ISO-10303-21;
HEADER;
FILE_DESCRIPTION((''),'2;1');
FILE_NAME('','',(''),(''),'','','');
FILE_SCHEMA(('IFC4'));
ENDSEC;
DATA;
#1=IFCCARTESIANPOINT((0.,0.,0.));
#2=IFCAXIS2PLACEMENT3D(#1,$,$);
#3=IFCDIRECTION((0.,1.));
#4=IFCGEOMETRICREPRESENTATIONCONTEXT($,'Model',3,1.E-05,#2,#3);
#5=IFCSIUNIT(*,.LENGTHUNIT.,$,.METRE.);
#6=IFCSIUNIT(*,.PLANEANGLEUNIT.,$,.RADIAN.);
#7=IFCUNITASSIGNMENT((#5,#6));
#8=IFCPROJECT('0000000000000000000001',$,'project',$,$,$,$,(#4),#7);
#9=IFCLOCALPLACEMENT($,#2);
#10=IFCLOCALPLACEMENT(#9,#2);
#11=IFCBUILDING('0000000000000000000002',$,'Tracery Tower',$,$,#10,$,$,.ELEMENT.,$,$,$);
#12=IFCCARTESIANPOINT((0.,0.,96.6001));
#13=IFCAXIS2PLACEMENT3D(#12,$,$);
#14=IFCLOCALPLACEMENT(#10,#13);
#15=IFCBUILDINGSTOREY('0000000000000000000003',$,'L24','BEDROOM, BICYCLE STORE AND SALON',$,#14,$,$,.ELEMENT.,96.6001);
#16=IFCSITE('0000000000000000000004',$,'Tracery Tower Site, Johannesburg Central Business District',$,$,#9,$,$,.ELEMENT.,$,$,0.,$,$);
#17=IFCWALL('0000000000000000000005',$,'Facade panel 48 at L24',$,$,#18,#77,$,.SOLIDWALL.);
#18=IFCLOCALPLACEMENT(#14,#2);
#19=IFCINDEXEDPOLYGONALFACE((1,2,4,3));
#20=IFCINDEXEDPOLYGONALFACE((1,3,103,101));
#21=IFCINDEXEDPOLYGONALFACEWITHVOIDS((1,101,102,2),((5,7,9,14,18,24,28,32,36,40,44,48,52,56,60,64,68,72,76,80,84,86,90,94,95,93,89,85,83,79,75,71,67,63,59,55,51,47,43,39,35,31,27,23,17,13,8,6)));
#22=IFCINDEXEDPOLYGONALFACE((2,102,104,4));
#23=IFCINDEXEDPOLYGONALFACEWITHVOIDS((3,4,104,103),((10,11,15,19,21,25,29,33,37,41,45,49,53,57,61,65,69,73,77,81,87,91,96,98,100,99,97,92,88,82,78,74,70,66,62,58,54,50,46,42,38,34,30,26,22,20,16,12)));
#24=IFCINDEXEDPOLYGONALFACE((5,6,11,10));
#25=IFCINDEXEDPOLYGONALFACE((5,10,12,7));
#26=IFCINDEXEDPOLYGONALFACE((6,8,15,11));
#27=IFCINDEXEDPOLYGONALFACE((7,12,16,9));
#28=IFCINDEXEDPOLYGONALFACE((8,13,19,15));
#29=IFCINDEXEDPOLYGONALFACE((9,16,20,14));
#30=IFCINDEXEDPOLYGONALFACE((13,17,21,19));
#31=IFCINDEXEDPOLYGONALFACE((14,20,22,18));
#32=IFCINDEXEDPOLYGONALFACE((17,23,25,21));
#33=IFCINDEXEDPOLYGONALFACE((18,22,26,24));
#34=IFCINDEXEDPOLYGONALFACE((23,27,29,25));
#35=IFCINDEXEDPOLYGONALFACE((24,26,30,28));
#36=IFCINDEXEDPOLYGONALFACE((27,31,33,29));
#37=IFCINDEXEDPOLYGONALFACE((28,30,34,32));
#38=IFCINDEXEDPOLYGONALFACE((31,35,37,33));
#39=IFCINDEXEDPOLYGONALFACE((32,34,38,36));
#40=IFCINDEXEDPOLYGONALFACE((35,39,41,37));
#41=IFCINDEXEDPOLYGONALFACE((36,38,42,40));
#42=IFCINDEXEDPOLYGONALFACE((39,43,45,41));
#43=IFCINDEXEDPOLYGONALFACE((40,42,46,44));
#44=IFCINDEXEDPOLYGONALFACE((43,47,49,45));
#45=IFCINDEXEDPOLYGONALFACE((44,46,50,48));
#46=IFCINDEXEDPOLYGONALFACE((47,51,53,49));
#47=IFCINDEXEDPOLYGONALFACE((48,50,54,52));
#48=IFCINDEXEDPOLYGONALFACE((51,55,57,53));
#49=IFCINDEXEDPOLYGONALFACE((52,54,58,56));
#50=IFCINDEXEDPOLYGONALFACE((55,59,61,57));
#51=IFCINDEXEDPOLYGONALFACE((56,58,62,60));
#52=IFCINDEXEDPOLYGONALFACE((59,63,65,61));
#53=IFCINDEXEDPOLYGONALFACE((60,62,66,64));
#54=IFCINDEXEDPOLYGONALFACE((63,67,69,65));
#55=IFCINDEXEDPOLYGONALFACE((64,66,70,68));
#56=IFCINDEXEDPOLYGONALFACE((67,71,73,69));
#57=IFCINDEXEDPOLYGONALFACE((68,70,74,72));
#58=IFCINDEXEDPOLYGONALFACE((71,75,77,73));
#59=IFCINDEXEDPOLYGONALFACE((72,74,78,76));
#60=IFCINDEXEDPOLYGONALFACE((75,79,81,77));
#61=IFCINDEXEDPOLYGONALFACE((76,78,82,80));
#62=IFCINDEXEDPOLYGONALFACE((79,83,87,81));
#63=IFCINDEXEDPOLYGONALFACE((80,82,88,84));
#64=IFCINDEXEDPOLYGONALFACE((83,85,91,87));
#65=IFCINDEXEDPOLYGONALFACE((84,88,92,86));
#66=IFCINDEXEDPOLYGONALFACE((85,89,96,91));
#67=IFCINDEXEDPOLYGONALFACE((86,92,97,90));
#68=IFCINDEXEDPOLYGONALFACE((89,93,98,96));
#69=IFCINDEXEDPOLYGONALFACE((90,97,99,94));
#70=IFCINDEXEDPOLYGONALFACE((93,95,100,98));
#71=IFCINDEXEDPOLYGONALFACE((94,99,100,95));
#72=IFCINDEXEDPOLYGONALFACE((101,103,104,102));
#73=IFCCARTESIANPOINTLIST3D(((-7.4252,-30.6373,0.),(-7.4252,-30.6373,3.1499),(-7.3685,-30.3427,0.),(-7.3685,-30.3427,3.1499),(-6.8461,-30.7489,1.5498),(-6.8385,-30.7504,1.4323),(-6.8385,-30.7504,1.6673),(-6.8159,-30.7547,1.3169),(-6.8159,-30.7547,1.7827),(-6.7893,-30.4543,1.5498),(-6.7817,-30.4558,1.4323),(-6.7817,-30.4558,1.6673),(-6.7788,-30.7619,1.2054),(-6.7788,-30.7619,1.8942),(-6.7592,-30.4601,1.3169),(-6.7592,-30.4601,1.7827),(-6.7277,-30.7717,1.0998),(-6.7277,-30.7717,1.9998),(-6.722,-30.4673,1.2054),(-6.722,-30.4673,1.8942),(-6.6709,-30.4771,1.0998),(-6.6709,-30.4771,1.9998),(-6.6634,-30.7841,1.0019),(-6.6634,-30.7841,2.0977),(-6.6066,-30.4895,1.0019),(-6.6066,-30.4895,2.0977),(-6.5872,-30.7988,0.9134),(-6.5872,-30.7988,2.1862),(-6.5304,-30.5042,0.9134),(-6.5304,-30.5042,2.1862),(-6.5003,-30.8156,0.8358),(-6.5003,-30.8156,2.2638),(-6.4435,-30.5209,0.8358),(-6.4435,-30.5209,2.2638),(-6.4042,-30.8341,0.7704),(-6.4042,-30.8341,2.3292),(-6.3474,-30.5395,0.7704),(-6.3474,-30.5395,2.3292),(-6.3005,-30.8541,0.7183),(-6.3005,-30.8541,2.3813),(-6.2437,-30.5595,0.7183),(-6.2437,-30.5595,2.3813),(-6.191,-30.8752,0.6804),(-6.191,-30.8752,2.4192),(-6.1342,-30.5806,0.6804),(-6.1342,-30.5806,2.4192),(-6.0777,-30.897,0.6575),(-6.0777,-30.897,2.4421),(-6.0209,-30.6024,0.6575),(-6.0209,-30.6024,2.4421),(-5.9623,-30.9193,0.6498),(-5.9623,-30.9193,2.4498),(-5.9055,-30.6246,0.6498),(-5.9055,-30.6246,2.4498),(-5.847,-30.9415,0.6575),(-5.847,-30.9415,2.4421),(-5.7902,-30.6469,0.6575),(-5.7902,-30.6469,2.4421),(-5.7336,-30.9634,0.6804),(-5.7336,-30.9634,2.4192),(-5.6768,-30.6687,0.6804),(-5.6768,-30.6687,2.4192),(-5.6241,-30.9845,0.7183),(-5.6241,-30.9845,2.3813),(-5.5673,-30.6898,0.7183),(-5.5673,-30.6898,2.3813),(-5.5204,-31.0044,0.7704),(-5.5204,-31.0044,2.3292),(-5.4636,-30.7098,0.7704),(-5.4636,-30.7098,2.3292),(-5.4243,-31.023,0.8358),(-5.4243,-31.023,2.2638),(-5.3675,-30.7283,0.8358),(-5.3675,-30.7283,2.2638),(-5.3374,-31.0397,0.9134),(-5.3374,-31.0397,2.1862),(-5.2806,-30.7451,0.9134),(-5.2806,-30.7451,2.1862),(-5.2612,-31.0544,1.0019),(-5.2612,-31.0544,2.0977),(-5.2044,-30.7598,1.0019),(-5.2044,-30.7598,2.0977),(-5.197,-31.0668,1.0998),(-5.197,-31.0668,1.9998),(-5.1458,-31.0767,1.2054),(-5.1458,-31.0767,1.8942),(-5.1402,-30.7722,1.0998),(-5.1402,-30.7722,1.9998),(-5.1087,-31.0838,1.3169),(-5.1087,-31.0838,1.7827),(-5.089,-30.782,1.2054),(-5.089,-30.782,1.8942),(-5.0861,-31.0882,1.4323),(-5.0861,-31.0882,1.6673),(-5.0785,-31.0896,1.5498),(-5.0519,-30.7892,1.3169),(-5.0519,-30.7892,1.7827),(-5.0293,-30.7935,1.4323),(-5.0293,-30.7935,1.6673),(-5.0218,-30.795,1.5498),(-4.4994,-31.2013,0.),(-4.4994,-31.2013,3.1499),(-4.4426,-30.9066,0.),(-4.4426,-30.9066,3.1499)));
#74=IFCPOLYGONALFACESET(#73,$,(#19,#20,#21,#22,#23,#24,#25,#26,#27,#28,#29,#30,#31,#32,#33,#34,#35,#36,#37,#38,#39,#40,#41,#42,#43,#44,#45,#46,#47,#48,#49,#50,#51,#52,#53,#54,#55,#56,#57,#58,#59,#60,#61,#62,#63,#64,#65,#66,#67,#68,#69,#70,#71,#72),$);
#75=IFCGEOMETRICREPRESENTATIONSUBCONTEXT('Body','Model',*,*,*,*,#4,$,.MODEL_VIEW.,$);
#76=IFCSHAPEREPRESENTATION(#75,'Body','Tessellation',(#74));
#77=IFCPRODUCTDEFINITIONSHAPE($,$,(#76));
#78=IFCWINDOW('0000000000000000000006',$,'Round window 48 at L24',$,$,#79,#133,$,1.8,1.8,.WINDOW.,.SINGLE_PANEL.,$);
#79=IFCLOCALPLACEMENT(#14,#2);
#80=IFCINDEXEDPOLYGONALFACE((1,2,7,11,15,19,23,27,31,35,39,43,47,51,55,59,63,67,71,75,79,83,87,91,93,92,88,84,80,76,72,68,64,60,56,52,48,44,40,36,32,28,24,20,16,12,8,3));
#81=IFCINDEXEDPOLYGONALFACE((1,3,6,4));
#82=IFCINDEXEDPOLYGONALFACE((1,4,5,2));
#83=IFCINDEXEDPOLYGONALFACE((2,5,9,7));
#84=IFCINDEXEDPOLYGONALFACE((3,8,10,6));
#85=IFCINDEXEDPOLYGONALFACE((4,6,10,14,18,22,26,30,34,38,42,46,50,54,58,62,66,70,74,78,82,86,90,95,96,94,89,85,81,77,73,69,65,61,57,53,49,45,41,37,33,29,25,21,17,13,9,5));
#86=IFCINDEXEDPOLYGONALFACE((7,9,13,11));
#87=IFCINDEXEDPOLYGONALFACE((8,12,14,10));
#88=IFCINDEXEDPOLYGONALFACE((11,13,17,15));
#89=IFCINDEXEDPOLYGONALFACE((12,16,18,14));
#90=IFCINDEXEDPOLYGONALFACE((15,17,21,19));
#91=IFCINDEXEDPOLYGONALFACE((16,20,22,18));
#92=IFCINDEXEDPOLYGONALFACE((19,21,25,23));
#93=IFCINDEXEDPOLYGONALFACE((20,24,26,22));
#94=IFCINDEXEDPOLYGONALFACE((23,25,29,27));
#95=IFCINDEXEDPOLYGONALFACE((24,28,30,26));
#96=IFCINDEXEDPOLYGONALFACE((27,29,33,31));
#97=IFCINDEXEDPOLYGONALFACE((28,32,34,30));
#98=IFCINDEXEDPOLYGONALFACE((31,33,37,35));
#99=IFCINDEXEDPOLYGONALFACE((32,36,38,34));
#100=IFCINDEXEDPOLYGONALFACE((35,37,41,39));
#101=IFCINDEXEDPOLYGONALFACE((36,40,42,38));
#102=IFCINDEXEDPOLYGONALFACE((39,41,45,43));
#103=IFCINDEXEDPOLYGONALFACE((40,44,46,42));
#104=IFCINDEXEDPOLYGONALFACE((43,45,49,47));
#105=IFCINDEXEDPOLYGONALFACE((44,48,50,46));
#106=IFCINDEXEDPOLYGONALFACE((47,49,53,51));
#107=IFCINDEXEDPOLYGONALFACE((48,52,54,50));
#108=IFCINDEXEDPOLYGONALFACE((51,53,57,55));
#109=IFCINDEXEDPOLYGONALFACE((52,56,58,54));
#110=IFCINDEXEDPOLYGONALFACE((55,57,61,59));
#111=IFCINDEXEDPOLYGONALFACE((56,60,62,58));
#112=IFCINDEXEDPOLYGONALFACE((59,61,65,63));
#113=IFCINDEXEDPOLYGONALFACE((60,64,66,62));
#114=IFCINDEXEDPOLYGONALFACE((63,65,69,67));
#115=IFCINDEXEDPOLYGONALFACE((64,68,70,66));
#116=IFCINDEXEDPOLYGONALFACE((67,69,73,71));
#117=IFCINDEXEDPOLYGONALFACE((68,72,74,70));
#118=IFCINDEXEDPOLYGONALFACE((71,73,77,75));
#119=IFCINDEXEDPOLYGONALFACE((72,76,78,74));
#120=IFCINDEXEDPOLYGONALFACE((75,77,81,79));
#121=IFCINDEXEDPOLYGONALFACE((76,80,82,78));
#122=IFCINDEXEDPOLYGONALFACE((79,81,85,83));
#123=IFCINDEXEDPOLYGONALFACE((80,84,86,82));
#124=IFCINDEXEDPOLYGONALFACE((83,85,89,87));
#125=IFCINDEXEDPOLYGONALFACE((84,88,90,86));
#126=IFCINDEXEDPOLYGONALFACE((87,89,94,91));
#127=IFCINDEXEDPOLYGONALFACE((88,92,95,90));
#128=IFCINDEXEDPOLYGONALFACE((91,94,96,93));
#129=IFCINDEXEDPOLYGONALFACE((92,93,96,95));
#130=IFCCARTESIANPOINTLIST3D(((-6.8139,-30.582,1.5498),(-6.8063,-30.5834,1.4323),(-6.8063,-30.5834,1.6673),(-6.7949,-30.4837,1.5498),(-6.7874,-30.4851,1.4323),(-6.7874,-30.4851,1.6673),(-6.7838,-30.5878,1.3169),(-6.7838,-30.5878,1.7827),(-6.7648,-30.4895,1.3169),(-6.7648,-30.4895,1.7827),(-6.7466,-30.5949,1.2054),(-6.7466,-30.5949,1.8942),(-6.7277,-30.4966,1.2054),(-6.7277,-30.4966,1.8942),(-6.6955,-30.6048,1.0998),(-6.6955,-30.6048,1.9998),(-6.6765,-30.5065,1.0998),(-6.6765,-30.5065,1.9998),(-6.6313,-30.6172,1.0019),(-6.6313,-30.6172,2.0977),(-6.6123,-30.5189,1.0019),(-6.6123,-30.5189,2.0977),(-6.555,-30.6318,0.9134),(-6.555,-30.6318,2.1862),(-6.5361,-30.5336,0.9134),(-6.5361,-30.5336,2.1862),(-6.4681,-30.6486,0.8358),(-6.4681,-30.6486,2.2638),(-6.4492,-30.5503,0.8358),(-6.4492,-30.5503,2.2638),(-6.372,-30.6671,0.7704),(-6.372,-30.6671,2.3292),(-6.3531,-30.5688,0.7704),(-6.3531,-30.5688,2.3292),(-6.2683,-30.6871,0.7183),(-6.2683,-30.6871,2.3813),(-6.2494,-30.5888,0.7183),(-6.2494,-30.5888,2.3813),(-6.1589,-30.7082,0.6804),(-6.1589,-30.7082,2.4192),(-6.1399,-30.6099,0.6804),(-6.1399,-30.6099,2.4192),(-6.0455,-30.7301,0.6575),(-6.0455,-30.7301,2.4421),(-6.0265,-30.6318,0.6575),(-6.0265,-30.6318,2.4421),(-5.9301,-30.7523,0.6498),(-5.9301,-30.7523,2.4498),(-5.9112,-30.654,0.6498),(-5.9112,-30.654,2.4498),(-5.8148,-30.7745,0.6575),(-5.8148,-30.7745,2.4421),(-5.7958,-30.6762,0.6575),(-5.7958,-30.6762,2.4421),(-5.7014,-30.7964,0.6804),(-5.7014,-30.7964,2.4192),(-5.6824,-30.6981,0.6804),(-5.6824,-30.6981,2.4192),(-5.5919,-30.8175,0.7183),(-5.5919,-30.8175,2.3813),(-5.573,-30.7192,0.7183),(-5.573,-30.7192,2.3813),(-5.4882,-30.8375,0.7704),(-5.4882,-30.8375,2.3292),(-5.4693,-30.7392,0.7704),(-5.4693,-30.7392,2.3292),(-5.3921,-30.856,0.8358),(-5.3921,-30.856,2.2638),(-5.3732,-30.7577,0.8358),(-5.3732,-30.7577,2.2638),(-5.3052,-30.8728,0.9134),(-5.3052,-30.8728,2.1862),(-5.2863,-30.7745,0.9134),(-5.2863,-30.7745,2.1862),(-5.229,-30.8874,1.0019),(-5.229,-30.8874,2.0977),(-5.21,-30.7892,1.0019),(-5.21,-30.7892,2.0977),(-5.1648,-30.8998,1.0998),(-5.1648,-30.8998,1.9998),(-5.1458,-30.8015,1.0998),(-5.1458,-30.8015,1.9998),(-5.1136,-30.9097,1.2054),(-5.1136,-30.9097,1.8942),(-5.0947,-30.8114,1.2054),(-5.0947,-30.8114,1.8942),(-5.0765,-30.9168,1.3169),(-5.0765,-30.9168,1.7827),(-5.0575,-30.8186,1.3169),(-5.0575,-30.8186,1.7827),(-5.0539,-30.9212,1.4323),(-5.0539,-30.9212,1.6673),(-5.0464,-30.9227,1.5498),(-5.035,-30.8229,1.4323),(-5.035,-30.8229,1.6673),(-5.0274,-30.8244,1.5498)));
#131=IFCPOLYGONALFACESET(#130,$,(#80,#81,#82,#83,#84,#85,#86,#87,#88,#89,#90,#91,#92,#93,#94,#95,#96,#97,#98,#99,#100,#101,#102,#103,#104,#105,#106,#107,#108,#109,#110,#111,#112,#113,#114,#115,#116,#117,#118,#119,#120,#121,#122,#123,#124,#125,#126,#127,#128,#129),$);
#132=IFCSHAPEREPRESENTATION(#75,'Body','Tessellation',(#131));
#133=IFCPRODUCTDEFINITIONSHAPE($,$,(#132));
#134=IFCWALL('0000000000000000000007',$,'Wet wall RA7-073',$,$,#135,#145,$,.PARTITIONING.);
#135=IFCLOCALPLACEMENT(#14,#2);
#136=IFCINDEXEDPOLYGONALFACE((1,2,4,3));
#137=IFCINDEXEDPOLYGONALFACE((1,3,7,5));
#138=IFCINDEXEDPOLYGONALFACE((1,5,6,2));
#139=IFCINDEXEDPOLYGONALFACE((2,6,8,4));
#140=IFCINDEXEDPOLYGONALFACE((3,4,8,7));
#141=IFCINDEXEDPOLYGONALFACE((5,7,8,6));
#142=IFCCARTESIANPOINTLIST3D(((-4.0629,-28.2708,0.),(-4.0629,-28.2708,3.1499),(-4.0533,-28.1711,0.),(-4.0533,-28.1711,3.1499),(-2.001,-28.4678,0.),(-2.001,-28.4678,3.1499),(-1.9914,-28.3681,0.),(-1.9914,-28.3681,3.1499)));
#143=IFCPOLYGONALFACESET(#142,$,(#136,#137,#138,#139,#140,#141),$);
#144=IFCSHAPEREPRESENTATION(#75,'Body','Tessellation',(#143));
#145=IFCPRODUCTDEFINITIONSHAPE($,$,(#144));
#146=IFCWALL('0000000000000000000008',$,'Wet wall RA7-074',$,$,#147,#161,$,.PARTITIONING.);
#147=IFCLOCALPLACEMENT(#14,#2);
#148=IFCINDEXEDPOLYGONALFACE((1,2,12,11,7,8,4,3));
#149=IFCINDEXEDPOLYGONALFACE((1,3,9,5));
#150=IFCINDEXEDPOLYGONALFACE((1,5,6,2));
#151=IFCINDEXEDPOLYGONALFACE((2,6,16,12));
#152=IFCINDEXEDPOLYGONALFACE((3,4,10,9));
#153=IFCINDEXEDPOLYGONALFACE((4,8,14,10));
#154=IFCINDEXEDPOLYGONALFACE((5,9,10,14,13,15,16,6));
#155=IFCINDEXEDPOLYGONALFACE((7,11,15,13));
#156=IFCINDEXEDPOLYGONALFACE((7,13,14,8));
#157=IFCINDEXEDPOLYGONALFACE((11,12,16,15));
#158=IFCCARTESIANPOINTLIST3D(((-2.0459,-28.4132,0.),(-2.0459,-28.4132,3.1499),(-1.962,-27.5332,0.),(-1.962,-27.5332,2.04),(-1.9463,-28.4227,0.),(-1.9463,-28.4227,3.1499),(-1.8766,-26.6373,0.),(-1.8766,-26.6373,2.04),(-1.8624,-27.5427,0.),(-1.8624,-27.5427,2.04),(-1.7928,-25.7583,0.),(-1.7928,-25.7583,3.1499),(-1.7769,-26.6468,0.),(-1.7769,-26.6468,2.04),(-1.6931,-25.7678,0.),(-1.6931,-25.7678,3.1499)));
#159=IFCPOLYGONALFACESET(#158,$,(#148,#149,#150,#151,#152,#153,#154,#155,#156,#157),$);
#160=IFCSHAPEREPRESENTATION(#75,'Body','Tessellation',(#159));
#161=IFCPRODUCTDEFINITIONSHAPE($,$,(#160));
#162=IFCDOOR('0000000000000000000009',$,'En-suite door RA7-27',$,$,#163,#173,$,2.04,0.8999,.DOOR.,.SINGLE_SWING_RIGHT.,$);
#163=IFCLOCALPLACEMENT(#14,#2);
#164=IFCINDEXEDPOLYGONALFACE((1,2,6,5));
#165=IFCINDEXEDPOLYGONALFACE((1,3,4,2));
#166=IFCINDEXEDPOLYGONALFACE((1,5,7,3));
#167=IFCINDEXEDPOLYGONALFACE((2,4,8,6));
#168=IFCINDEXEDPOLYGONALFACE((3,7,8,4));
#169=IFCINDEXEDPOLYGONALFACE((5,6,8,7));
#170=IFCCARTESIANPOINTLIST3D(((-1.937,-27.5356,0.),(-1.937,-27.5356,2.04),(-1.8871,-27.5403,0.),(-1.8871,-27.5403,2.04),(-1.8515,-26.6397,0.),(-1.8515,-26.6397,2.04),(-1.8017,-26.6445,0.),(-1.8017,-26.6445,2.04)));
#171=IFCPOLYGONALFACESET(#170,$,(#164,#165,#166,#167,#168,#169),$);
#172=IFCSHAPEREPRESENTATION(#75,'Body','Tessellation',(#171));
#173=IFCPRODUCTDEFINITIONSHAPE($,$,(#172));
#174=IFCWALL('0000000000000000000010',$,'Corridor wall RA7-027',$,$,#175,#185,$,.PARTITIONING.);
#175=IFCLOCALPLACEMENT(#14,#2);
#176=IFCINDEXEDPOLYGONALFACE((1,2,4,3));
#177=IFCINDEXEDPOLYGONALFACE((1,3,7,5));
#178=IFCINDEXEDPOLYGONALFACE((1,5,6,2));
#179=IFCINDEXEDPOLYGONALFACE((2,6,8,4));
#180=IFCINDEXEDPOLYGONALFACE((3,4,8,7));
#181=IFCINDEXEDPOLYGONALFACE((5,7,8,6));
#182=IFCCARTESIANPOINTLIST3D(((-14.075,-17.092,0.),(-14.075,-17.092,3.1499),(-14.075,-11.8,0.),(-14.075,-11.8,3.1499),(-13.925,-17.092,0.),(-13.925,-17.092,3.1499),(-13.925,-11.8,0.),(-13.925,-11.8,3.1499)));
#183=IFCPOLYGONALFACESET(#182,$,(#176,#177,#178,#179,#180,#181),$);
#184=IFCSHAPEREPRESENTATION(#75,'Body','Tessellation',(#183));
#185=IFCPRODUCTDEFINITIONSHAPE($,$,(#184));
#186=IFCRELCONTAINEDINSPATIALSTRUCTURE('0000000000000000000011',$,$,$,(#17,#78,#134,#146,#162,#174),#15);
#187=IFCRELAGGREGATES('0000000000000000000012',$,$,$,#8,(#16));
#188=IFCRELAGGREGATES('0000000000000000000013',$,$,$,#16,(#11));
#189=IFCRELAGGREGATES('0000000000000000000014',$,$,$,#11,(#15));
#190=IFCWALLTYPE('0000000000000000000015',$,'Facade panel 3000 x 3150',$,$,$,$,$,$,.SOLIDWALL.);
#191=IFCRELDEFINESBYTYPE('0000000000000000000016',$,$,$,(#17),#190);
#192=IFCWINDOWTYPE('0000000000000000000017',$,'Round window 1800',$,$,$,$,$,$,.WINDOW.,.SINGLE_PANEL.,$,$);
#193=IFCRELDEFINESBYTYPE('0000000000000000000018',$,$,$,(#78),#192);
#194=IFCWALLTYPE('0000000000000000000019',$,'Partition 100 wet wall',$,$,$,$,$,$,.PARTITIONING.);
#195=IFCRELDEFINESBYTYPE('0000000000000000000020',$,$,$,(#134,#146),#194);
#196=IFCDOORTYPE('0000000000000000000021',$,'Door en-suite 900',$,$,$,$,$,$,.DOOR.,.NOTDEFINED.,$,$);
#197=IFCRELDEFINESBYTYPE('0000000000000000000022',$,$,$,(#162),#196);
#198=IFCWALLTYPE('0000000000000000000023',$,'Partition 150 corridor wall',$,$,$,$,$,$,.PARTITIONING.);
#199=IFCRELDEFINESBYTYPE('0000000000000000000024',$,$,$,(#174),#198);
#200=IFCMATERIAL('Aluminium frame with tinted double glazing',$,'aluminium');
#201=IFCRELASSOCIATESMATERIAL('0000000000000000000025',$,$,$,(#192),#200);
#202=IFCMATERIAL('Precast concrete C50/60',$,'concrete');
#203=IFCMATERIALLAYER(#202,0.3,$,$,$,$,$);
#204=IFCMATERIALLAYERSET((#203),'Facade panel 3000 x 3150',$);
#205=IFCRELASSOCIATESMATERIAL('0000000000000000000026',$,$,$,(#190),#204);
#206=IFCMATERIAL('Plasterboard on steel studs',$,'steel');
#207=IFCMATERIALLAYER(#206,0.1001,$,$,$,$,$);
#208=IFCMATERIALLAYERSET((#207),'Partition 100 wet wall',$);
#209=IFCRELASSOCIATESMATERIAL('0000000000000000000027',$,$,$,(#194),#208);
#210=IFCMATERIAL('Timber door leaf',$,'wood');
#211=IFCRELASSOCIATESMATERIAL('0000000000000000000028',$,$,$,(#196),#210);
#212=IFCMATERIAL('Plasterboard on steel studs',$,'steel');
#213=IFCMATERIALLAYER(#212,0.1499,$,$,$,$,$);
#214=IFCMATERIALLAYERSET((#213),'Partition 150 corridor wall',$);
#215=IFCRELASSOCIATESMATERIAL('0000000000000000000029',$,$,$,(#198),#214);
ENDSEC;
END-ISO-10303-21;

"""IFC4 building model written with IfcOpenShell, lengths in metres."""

from ifc_helpers import new_model, si_unit, direction, frame, frame_2d, origin, origin_2d, place, context, subcontext, project, spatial, rectangle, circle, extrude, material, layer, layer_set, type_object, element, fill, save


model = new_model("IFC4")

# Units and contexts
model_context = context("Model", 3, precision=1e-05, world=origin(), true_north=direction((0.0, 1.0)))
body_context = subcontext(model_context, "Body", "Model", "MODEL_VIEW")
ifc_project = project(units=[si_unit("LENGTHUNIT", "METRE"), si_unit("PLANEANGLEUNIT", "RADIAN")], contexts=[model_context])

# Site, building, storey
site_placement = place(None, origin())
site = spatial("IfcSite", under=ifc_project, at=site_placement, Name="Tracery Tower Site, Johannesburg Central Business District", CompositionType="ELEMENT", RefElevation=0.0)
building_placement = place(site_placement, origin())
building = spatial("IfcBuilding", under=site, at=building_placement, Name="Tracery Tower", CompositionType="ELEMENT")
storey_placement = place(building_placement, frame((0.0, 0.0, 96.6001)))
storey = spatial("IfcBuildingStorey", under=building, at=storey_placement, Name="L24", Description="BEDROOM, BICYCLE STORE AND SALON", CompositionType="ELEMENT", Elevation=96.6001)

# Wall, opening, window
ifc_material_1 = material(Name="Aluminium frame with tinted double glazing", Category="aluminium")
window_type = type_object("IfcWindowType", Name="Round window 1800", PartitioningType="SINGLE_PANEL", PredefinedType="WINDOW", material=ifc_material_1)
ifc_material_2 = material(Name="Precast concrete C50/60", Category="concrete")
ifc_layer_1 = layer(ifc_material_2, 0.3)
ifc_layer_set_1 = layer_set([ifc_layer_1], Name="Facade panel 3000 x 3150")
wall_type_1 = type_object("IfcWallType", Name="Facade panel 3000 x 3150", PredefinedType="SOLIDWALL", material=ifc_layer_set_1)
wall_1_placement = place(storey_placement, frame((-7.3967, -30.49, 0.0), z_axis=(0.0, 0.0, 1.0), x_axis=(0.981925, -0.189273, 0.0)))
wall_1 = element("IfcWall", 1, at=wall_1_placement, inside=storey, type_object=wall_type_1, Name="Facade panel 48 at L24", PredefinedType="SOLIDWALL", context=body_context, shape_type="SweptSolid", body=[
    extrude(rectangle(XDim=2.9797, YDim=0.3, at=frame_2d((1.4897, 0.0))), origin(), (0.0, 0.0, 1.0), 3.1499),
])
opening_1_placement = place(wall_1_placement, frame((1.4897, 0.0, 1.5498)))
opening_1 = element("IfcOpeningElement", 2, at=opening_1_placement, cuts=wall_1, PredefinedType="OPENING", context=body_context, shape_type="SweptSolid", body=[
    extrude(circle(Radius=0.9, at=origin_2d()), frame((0.0, 0.1599, 0.0), z_axis=(0.0, -1.0, 0.0), x_axis=(1.0, 0.0, 0.0)), (0.0, 0.0, 1.0), 0.3201),
])
window_1_placement = place(opening_1_placement, origin())
window_1 = element("IfcWindow", 3, at=window_1_placement, inside=storey, type_object=window_type, Name="Round window 48 at L24", OverallHeight=1.8, OverallWidth=1.8, PartitioningType="SINGLE_PANEL", PredefinedType="WINDOW", context=body_context, shape_type="SweptSolid", body=[
    extrude(circle(Radius=0.9, at=origin_2d()), frame((0.0, 0.1201, 0.0), z_axis=(0.0, -1.0, 0.0), x_axis=(1.0, 0.0, 0.0)), (0.0, 0.0, 1.0), 0.1001),
])
fill(opening_1, window_1)

# Wall
ifc_material_3 = material(Name="Plasterboard on steel studs", Category="steel")
ifc_layer_2 = layer(ifc_material_3, 0.1001)
ifc_layer_set_2 = layer_set([ifc_layer_2], Name="Partition 100 wet wall")
wall_type_2 = type_object("IfcWallType", Name="Partition 100 wet wall", PredefinedType="PARTITIONING", material=ifc_layer_set_2)
wall_2_placement = place(storey_placement, frame((-4.0581, -28.2209, 0.0), z_axis=(0.0, 0.0, 1.0), x_axis=(0.995466, -0.095115, 0.0)))
element("IfcWall", 4, at=wall_2_placement, inside=storey, type_object=wall_type_2, Name="Wet wall RA7-073", PredefinedType="PARTITIONING", context=body_context, shape_type="SweptSolid", body=[
    extrude(rectangle(XDim=2.0713, YDim=0.1001, at=frame_2d((1.0356, 0.0))), origin(), (0.0, 0.0, 1.0), 3.1499),
])

# Wall, opening, door
wall_3_placement = place(storey_placement, frame((-1.9961, -28.418, 0.0), z_axis=(0.0, 0.0, 1.0), x_axis=(0.094926, 0.995484, 0.0)))
wall_3 = element("IfcWall", 5, at=wall_3_placement, inside=storey, type_object=wall_type_2, Name="Wet wall RA7-074", PredefinedType="PARTITIONING", context=body_context, shape_type="SweptSolid", body=[
    extrude(rectangle(XDim=2.667, YDim=0.1001, at=frame_2d((1.3335, 0.0))), origin(), (0.0, 0.0, 1.0), 3.1499),
])
opening_2_placement = place(wall_3_placement, frame((0.884, 0.0, 0.0)))
opening_2 = element("IfcOpeningElement", 6, at=opening_2_placement, cuts=wall_3, PredefinedType="OPENING", context=body_context, shape_type="SweptSolid", body=[
    extrude(rectangle(XDim=0.8999, YDim=2.04, at=frame_2d((0.45, 1.02))), frame((0.0, 0.05, 0.0), z_axis=(0.0, -1.0, 0.0), x_axis=(1.0, 0.0, 0.0)), (0.0, 0.0, 1.0), 0.1001),
])
ifc_material_4 = material(Name="Timber door leaf", Category="wood")
door_type_1 = type_object("IfcDoorType", Name="Door en-suite 900", OperationType="NOTDEFINED", PredefinedType="DOOR", material=ifc_material_4)
door_1_placement = place(opening_2_placement, origin())
door_1 = element("IfcDoor", 7, at=door_1_placement, inside=storey, type_object=door_type_1, Name="En-suite door RA7-27", OperationType="SINGLE_SWING_RIGHT", OverallHeight=2.04, OverallWidth=0.8999, PredefinedType="DOOR", context=body_context, shape_type="SweptSolid", body=[
    extrude(rectangle(XDim=0.8999, YDim=2.04, at=frame_2d((0.45, 1.02))), frame((0.0, 0.0249, 0.0), z_axis=(0.0, -1.0, 0.0), x_axis=(1.0, 0.0, 0.0)), (0.0, 0.0, 1.0), 0.05),
])
fill(opening_2, door_1)

# Wall
ifc_material_5 = material(Name="Plasterboard on steel studs", Category="steel")
ifc_layer_3 = layer(ifc_material_5, 0.1499)
ifc_layer_set_3 = layer_set([ifc_layer_3], Name="Partition 150 corridor wall")
wall_type_3 = type_object("IfcWallType", Name="Partition 150 corridor wall", PredefinedType="PARTITIONING", material=ifc_layer_set_3)
wall_4_placement = place(storey_placement, frame((-14.0, -17.092, 0.0), z_axis=(0.0, 0.0, 1.0), x_axis=(0.0, 1.0, 0.0)))
element("IfcWall", 8, at=wall_4_placement, inside=storey, type_object=wall_type_3, Name="Corridor wall RA7-027", PredefinedType="PARTITIONING", context=body_context, shape_type="SweptSolid", body=[
    extrude(rectangle(XDim=5.292, YDim=0.1499, at=frame_2d((2.646, 0.0))), origin(), (0.0, 0.0, 1.0), 3.1499),
])

save(model, "model.ifc")
